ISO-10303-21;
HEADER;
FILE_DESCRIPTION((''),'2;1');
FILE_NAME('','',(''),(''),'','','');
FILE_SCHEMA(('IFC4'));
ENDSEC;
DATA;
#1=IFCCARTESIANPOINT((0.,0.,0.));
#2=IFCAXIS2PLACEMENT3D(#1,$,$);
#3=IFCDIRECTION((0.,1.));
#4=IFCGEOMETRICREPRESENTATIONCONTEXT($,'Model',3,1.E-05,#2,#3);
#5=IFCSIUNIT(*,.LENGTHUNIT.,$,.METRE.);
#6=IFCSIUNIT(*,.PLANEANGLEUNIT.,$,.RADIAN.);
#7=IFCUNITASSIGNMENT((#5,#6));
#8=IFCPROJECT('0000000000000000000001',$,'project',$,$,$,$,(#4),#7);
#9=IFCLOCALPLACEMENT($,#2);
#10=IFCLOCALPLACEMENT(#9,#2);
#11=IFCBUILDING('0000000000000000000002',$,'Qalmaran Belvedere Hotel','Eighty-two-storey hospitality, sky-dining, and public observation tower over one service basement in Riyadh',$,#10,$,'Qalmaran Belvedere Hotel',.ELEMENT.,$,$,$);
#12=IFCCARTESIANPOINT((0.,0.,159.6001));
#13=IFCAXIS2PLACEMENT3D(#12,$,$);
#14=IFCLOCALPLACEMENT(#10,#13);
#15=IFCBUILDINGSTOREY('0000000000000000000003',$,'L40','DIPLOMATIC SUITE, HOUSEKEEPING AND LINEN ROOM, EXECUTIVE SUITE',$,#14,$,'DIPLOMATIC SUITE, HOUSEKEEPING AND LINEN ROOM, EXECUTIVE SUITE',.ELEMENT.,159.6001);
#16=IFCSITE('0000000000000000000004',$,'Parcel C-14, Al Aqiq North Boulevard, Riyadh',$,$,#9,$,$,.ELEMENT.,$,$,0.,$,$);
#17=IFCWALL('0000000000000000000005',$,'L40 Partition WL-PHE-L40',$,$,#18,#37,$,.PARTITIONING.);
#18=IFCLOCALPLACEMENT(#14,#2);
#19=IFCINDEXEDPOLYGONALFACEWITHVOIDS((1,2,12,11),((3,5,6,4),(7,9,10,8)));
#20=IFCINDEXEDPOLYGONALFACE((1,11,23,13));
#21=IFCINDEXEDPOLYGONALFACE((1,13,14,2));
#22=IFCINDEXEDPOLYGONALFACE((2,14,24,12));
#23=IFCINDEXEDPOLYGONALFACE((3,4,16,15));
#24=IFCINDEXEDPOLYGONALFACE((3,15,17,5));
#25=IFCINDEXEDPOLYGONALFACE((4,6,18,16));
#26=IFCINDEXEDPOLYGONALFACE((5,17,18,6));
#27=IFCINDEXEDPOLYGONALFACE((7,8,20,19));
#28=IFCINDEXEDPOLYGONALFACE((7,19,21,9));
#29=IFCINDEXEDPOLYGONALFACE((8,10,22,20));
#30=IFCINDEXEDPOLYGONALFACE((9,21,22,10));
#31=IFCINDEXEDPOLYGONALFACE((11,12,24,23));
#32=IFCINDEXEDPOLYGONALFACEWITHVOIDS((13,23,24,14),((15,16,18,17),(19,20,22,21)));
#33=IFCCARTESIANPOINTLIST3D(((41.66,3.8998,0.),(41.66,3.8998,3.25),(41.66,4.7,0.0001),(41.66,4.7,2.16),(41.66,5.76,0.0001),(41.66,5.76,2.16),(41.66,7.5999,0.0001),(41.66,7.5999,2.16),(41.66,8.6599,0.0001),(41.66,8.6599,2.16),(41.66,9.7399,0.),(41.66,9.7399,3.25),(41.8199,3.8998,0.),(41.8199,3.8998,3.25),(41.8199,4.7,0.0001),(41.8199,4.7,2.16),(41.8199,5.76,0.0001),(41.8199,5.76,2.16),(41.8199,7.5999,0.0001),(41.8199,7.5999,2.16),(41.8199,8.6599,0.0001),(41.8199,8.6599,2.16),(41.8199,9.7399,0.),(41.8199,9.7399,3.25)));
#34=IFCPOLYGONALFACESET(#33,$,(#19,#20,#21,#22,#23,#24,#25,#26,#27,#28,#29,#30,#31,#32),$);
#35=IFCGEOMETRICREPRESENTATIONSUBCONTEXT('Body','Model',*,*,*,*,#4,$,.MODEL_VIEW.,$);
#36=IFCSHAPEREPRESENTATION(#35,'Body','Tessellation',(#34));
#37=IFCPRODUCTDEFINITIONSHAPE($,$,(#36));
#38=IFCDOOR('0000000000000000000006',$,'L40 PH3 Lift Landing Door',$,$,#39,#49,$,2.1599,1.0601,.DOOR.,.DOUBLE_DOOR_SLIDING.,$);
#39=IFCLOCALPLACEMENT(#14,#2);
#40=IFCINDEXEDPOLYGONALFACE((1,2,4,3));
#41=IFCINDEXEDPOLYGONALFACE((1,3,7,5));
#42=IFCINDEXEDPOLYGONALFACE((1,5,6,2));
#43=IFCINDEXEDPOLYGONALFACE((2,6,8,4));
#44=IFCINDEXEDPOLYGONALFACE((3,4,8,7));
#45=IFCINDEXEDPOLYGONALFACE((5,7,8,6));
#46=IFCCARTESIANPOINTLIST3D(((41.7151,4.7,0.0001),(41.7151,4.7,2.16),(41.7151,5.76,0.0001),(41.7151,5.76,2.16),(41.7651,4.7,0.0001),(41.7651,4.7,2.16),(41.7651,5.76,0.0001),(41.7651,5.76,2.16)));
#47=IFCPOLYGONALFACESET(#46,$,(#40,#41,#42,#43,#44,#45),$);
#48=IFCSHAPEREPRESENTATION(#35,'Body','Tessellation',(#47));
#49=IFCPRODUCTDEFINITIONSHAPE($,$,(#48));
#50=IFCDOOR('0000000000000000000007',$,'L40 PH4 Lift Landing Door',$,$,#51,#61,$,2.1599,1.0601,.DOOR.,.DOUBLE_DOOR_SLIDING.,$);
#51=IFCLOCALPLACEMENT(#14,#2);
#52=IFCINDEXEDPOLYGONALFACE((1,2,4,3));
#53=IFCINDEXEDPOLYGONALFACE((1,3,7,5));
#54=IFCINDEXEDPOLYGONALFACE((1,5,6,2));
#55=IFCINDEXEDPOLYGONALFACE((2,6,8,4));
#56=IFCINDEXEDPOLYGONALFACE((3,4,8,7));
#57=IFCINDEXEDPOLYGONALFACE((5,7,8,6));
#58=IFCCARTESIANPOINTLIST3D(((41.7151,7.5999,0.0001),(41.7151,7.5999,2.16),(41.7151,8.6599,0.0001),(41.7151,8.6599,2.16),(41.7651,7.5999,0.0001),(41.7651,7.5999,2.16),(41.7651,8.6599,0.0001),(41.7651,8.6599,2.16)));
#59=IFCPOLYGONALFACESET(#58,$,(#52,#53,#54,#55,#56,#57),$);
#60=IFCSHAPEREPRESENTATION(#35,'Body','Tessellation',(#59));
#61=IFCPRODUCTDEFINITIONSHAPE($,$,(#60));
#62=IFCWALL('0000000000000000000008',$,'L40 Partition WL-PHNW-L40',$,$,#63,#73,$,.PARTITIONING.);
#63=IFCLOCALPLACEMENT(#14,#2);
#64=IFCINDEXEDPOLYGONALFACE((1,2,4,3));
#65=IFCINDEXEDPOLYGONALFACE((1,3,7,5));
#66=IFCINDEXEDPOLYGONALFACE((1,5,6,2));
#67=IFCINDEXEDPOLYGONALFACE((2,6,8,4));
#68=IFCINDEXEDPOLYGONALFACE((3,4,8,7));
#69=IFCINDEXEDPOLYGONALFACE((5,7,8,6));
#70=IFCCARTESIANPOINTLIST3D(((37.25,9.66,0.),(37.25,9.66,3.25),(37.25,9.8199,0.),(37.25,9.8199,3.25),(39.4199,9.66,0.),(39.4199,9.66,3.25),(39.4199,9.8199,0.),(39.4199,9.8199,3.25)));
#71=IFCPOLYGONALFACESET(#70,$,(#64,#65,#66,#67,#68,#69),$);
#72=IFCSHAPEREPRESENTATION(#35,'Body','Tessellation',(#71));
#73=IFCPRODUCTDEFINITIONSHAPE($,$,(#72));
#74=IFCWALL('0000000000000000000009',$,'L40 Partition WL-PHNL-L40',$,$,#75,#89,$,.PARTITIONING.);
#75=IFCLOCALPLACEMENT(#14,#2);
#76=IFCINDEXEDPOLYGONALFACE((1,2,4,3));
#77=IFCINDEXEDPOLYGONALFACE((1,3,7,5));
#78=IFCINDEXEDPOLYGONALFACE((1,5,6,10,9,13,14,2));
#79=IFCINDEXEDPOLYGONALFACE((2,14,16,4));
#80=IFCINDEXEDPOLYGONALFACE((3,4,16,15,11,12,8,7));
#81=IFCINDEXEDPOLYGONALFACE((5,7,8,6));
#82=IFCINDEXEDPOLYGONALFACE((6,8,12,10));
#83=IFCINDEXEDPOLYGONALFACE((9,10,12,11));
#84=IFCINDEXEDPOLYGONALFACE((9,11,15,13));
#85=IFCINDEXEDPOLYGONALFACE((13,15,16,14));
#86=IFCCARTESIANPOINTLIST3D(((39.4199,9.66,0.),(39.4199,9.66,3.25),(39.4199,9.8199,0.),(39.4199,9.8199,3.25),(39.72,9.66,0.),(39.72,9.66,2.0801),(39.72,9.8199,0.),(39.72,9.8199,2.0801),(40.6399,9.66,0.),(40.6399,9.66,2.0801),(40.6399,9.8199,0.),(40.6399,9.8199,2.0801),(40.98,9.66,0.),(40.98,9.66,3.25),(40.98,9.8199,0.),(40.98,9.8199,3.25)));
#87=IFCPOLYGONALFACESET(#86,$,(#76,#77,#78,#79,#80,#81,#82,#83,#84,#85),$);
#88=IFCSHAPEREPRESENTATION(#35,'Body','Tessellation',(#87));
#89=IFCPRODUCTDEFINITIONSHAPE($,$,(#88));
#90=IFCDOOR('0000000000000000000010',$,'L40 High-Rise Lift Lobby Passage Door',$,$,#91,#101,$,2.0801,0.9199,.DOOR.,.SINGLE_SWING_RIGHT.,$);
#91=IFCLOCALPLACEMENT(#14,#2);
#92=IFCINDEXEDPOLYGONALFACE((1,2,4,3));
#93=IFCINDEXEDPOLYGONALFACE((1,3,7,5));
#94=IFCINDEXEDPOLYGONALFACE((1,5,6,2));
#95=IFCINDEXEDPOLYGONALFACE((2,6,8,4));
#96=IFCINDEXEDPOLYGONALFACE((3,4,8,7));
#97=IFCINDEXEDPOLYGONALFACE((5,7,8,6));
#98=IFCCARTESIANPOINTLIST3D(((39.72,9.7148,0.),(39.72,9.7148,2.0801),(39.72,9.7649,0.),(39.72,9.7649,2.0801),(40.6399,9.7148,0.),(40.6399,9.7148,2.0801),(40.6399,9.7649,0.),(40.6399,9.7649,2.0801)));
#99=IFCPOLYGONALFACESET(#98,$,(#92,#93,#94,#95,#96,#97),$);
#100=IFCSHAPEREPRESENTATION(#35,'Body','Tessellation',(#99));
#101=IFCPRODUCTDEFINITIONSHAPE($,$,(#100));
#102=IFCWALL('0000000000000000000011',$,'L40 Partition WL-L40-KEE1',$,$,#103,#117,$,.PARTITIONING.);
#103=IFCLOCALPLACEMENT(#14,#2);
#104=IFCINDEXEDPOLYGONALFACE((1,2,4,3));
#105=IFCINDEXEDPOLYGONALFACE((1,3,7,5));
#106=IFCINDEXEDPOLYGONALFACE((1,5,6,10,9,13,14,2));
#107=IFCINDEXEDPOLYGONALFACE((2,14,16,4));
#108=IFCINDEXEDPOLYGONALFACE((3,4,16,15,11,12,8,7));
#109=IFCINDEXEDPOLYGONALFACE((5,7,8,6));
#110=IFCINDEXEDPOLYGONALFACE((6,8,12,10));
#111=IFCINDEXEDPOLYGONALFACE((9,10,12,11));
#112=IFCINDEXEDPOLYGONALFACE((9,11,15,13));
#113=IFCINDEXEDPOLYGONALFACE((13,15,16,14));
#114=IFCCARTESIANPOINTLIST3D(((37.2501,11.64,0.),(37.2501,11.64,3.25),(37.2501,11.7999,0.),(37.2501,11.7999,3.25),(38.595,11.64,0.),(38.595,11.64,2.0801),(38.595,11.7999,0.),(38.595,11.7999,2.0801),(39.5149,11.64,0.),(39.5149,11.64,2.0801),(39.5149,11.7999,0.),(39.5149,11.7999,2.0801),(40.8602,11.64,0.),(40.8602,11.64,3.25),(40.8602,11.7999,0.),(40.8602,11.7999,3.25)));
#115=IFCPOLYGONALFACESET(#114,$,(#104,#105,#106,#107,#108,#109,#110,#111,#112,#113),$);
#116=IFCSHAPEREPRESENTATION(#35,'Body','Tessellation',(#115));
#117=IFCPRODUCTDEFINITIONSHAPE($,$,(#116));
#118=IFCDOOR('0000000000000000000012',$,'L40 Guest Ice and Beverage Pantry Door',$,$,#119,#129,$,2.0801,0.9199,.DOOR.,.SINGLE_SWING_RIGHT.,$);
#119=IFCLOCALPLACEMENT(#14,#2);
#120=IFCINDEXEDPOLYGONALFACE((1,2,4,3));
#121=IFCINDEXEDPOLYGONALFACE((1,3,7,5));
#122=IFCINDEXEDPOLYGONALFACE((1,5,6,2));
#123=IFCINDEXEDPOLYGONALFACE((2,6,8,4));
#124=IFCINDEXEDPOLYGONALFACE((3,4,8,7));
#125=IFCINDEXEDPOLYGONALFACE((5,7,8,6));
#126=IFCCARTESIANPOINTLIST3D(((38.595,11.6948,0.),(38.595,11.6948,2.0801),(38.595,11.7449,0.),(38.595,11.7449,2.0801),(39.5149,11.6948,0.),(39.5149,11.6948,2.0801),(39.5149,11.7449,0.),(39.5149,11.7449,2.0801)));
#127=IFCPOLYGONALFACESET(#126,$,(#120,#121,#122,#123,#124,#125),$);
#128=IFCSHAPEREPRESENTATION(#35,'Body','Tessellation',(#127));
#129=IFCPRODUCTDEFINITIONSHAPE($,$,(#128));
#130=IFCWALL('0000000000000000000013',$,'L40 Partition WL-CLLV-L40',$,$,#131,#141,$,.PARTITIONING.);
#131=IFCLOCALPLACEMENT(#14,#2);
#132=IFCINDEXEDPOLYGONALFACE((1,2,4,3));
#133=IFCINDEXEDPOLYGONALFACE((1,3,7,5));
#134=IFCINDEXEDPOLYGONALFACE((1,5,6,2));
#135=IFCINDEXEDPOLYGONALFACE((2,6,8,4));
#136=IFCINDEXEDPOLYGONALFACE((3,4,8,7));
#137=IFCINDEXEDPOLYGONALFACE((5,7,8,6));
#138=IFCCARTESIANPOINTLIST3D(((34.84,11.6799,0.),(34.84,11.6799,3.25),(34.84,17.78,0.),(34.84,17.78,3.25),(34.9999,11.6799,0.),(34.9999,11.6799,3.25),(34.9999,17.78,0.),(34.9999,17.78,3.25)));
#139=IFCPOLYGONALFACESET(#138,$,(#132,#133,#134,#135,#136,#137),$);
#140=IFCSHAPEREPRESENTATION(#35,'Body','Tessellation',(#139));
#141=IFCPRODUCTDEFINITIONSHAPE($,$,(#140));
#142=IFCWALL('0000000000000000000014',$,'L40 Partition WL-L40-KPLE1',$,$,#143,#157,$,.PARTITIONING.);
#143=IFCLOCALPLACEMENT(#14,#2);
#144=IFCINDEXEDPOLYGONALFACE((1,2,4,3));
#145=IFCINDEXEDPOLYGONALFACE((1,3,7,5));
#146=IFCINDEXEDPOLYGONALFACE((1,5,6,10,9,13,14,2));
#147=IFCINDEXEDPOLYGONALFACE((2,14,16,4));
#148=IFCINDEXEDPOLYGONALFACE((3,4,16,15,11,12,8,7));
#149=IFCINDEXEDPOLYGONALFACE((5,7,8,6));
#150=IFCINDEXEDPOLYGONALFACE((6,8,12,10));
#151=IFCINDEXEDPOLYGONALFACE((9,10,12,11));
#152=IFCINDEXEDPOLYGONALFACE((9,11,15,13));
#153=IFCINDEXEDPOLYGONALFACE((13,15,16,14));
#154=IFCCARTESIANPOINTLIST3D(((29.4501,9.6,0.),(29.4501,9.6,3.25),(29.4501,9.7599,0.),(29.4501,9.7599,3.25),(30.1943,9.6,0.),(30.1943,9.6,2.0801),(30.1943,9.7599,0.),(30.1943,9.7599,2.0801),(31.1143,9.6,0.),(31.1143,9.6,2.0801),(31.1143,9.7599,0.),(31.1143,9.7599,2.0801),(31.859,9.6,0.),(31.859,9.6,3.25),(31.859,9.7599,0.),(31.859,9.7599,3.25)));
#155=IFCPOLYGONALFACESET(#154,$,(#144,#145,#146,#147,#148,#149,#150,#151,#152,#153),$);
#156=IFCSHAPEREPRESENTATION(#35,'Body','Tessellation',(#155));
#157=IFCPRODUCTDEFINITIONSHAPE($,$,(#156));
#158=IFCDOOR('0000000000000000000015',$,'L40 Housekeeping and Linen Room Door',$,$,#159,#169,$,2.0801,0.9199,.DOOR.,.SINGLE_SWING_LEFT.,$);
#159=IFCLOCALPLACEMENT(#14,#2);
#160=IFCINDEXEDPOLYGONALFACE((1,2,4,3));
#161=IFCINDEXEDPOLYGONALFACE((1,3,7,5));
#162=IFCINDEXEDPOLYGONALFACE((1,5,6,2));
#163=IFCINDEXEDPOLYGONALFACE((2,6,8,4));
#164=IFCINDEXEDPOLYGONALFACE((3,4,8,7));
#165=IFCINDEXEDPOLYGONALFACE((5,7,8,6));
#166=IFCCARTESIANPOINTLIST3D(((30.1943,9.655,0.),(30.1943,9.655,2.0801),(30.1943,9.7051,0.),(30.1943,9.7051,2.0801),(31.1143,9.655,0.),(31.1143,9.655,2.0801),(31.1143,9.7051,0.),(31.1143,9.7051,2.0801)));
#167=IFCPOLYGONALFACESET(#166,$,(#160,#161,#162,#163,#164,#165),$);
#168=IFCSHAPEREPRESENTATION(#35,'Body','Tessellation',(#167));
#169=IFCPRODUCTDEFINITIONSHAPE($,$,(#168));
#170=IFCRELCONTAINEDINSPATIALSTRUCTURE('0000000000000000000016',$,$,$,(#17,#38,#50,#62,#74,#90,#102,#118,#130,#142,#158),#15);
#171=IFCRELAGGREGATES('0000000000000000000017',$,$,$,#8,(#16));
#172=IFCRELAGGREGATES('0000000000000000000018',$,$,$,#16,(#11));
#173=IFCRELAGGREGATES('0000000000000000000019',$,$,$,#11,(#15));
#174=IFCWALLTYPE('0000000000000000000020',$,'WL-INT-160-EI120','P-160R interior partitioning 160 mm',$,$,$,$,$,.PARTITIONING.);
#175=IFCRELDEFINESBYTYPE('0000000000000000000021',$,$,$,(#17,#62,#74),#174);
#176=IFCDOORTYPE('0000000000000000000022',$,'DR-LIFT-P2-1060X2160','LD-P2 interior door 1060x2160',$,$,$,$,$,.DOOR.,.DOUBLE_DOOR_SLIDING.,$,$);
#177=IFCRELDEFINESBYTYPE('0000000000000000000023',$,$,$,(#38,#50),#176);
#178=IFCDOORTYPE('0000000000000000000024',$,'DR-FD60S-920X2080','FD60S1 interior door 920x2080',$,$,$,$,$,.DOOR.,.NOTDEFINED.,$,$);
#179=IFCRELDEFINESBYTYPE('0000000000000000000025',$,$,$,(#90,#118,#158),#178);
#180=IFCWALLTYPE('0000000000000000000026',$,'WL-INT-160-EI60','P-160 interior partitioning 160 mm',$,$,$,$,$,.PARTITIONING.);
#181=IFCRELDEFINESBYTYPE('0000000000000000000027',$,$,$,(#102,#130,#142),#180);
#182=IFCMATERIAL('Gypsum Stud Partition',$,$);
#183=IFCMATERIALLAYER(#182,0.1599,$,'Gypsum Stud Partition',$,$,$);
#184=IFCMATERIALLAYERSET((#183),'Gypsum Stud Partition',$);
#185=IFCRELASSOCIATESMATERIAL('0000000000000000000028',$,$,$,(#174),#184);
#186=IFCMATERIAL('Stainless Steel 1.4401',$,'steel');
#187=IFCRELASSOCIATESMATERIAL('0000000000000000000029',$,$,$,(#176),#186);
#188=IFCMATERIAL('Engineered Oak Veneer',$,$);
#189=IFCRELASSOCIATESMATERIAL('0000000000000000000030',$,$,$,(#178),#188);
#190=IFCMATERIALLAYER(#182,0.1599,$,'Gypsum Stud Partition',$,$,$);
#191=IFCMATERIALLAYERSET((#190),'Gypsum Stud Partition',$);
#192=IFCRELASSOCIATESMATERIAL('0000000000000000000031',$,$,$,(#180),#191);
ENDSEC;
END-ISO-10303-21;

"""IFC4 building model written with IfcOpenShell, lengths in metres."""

from ifc_helpers import new_model, si_unit, direction, frame, frame_2d, origin, place, context, subcontext, project, spatial, rectangle, extrude, material, layer, layer_set, type_object, element, fill, save


model = new_model("IFC4")

# Units and contexts
model_context = context("Model", 3, precision=1e-05, world=origin(), true_north=direction((0.0, 1.0)))
body_context = subcontext(model_context, "Body", "Model", "MODEL_VIEW")
ifc_project = project(units=[si_unit("LENGTHUNIT", "METRE"), si_unit("PLANEANGLEUNIT", "RADIAN")], contexts=[model_context])

# Site, building, storey
site_placement = place(None, origin())
site = spatial("IfcSite", under=ifc_project, at=site_placement, Name="Parcel C-14, Al Aqiq North Boulevard, Riyadh", CompositionType="ELEMENT", RefElevation=0.0)
building_placement = place(site_placement, origin())
building = spatial("IfcBuilding", under=site, at=building_placement, Name="Qalmaran Belvedere Hotel", Description="Eighty-two-storey hospitality, sky-dining, and public observation tower over one service basement in Riyadh", LongName="Qalmaran Belvedere Hotel", CompositionType="ELEMENT")
storey_placement = place(building_placement, frame((0.0, 0.0, 159.6001)))
storey = spatial("IfcBuildingStorey", under=building, at=storey_placement, Name="L40", Description="DIPLOMATIC SUITE, HOUSEKEEPING AND LINEN ROOM, EXECUTIVE SUITE", LongName="DIPLOMATIC SUITE, HOUSEKEEPING AND LINEN ROOM, EXECUTIVE SUITE", CompositionType="ELEMENT", Elevation=159.6001)

# Shared definitions
ifc_material_1 = material(Name="Gypsum Stud Partition")

# Wall, openings, doors
ifc_layer_1 = layer(ifc_material_1, 0.1599, Name="Gypsum Stud Partition")
ifc_layer_set_1 = layer_set([ifc_layer_1], Name="Gypsum Stud Partition")
wall_type_1 = type_object("IfcWallType", Name="WL-INT-160-EI120", Description="P-160R interior partitioning 160 mm", PredefinedType="PARTITIONING", material=ifc_layer_set_1)
ifc_material_2 = material(Name="Stainless Steel 1.4401", Category="steel")
door_type_1 = type_object("IfcDoorType", Name="DR-LIFT-P2-1060X2160", Description="LD-P2 interior door 1060x2160", OperationType="DOUBLE_DOOR_SLIDING", PredefinedType="DOOR", material=ifc_material_2)
wall_1_placement = place(storey_placement, frame((41.74, 3.8999, 0.0), z_axis=(0.0, 0.0, 1.0), x_axis=(0.0, 1.0, 0.0)))
wall_1 = element("IfcWall", 1, at=wall_1_placement, inside=storey, type_object=wall_type_1, Name="L40 Partition WL-PHE-L40", PredefinedType="PARTITIONING", context=body_context, shape_type="SweptSolid", body=[
    extrude(rectangle(XDim=5.8401, YDim=0.1599, at=frame_2d((2.9199, 0.0))), origin(), (0.0, 0.0, 1.0), 3.25),
])
opening_1_placement = place(wall_1_placement, frame((0.8, 0.0, 0.0)))
opening_1 = element("IfcOpeningElement", 2, at=opening_1_placement, cuts=wall_1, PredefinedType="OPENING", context=body_context, shape_type="SweptSolid", body=[
    extrude(rectangle(XDim=1.0601, YDim=2.1599, at=frame_2d((0.53, 1.0801))), frame((0.0, 0.0898, 0.0), z_axis=(0.0, -1.0, 0.0), x_axis=(1.0, 0.0, 0.0)), (0.0, 0.0, 1.0), 0.1799),
])
opening_2_placement = place(wall_1_placement, frame((3.7, 0.0, 0.0)))
opening_2 = element("IfcOpeningElement", 3, at=opening_2_placement, cuts=wall_1, PredefinedType="OPENING", context=body_context, shape_type="SweptSolid", body=[
    extrude(rectangle(XDim=1.0601, YDim=2.1599, at=frame_2d((0.53, 1.0801))), frame((0.0, 0.0898, 0.0), z_axis=(0.0, -1.0, 0.0), x_axis=(1.0, 0.0, 0.0)), (0.0, 0.0, 1.0), 0.1799),
])
door_1_placement = place(opening_1_placement, origin())
door_1 = element("IfcDoor", 4, at=door_1_placement, inside=storey, type_object=door_type_1, Name="L40 PH3 Lift Landing Door", OperationType="DOUBLE_DOOR_SLIDING", OverallHeight=2.1599, OverallWidth=1.0601, PredefinedType="DOOR", context=body_context, shape_type="SweptSolid", body=[
    extrude(rectangle(XDim=1.0601, YDim=2.1599, at=frame_2d((0.53, 1.0801))), frame((0.0, 0.0249, 0.0), z_axis=(0.0, -1.0, 0.0), x_axis=(1.0, 0.0, 0.0)), (0.0, 0.0, 1.0), 0.05),
])
fill(opening_1, door_1)
door_2_placement = place(opening_2_placement, origin())
door_2 = element("IfcDoor", 5, at=door_2_placement, inside=storey, type_object=door_type_1, Name="L40 PH4 Lift Landing Door", OperationType="DOUBLE_DOOR_SLIDING", OverallHeight=2.1599, OverallWidth=1.0601, PredefinedType="DOOR", context=body_context, shape_type="SweptSolid", body=[
    extrude(rectangle(XDim=1.0601, YDim=2.1599, at=frame_2d((0.53, 1.0801))), frame((0.0, 0.0249, 0.0), z_axis=(0.0, -1.0, 0.0), x_axis=(1.0, 0.0, 0.0)), (0.0, 0.0, 1.0), 0.05),
])
fill(opening_2, door_2)

# Wall
wall_2_placement = place(storey_placement, frame((37.25, 9.74, 0.0), z_axis=(0.0, 0.0, 1.0), x_axis=(1.0, 0.0, 0.0)))
element("IfcWall", 6, at=wall_2_placement, inside=storey, type_object=wall_type_1, Name="L40 Partition WL-PHNW-L40", PredefinedType="PARTITIONING", context=body_context, shape_type="SweptSolid", body=[
    extrude(rectangle(XDim=2.1699, YDim=0.1599, at=frame_2d((1.085, 0.0))), origin(), (0.0, 0.0, 1.0), 3.25),
])

# Walls, openings, doors
wall_3_placement = place(storey_placement, frame((39.4199, 9.74, 0.0), z_axis=(0.0, 0.0, 1.0), x_axis=(1.0, 0.0, 0.0)))
wall_3 = element("IfcWall", 7, at=wall_3_placement, inside=storey, type_object=wall_type_1, Name="L40 Partition WL-PHNL-L40", PredefinedType="PARTITIONING", context=body_context, shape_type="SweptSolid", body=[
    extrude(rectangle(XDim=1.5601, YDim=0.1599, at=frame_2d((0.78, 0.0))), origin(), (0.0, 0.0, 1.0), 3.25),
])
opening_3_placement = place(wall_3_placement, frame((0.3, 0.0, 0.0)))
opening_3 = element("IfcOpeningElement", 8, at=opening_3_placement, cuts=wall_3, PredefinedType="OPENING", context=body_context, shape_type="SweptSolid", body=[
    extrude(rectangle(XDim=0.9199, YDim=2.0801, at=frame_2d((0.46, 1.04))), frame((0.0, 0.0898, 0.0), z_axis=(0.0, -1.0, 0.0), x_axis=(1.0, 0.0, 0.0)), (0.0, 0.0, 1.0), 0.1799),
])
ifc_material_3 = material(Name="Engineered Oak Veneer")
door_type_2 = type_object("IfcDoorType", Name="DR-FD60S-920X2080", Description="FD60S1 interior door 920x2080", OperationType="NOTDEFINED", PredefinedType="DOOR", material=ifc_material_3)
door_3_placement = place(opening_3_placement, origin())
door_3 = element("IfcDoor", 9, at=door_3_placement, inside=storey, type_object=door_type_2, Name="L40 High-Rise Lift Lobby Passage Door", OperationType="SINGLE_SWING_RIGHT", OverallHeight=2.0801, OverallWidth=0.9199, PredefinedType="DOOR", context=body_context, shape_type="SweptSolid", body=[
    extrude(rectangle(XDim=0.9199, YDim=2.0801, at=frame_2d((0.46, 1.04))), frame((0.0, 0.0249, 0.0), z_axis=(0.0, -1.0, 0.0), x_axis=(1.0, 0.0, 0.0)), (0.0, 0.0, 1.0), 0.05),
])
fill(opening_3, door_3)
ifc_layer_2 = layer(ifc_material_1, 0.1599, Name="Gypsum Stud Partition")
ifc_layer_set_2 = layer_set([ifc_layer_2], Name="Gypsum Stud Partition")
wall_type_2 = type_object("IfcWallType", Name="WL-INT-160-EI60", Description="P-160 interior partitioning 160 mm", PredefinedType="PARTITIONING", material=ifc_layer_set_2)
wall_4_placement = place(storey_placement, frame((37.25, 11.72, 0.0), z_axis=(0.0, 0.0, 1.0), x_axis=(1.0, 0.0, 0.0)))
wall_4 = element("IfcWall", 10, at=wall_4_placement, inside=storey, type_object=wall_type_2, Name="L40 Partition WL-L40-KEE1", PredefinedType="PARTITIONING", context=body_context, shape_type="SweptSolid", body=[
    extrude(rectangle(XDim=3.6101, YDim=0.1599, at=frame_2d((1.8052, 0.0))), origin(), (0.0, 0.0, 1.0), 3.25),
])
opening_4_placement = place(wall_4_placement, frame((1.345, 0.0, 0.0)))
opening_4 = element("IfcOpeningElement", 11, at=opening_4_placement, cuts=wall_4, PredefinedType="OPENING", context=body_context, shape_type="SweptSolid", body=[
    extrude(rectangle(XDim=0.9199, YDim=2.0801, at=frame_2d((0.46, 1.04))), frame((0.0, 0.0898, 0.0), z_axis=(0.0, -1.0, 0.0), x_axis=(1.0, 0.0, 0.0)), (0.0, 0.0, 1.0), 0.1799),
])
door_4_placement = place(opening_4_placement, origin())
door_4 = element("IfcDoor", 12, at=door_4_placement, inside=storey, type_object=door_type_2, Name="L40 Guest Ice and Beverage Pantry Door", OperationType="SINGLE_SWING_RIGHT", OverallHeight=2.0801, OverallWidth=0.9199, PredefinedType="DOOR", context=body_context, shape_type="SweptSolid", body=[
    extrude(rectangle(XDim=0.9199, YDim=2.0801, at=frame_2d((0.46, 1.04))), frame((0.0, 0.0249, 0.0), z_axis=(0.0, -1.0, 0.0), x_axis=(1.0, 0.0, 0.0)), (0.0, 0.0, 1.0), 0.05),
])
fill(opening_4, door_4)

# Wall
wall_5_placement = place(storey_placement, frame((34.9199, 11.6799, 0.0), z_axis=(0.0, 0.0, 1.0), x_axis=(0.0, 1.0, 0.0)))
element("IfcWall", 13, at=wall_5_placement, inside=storey, type_object=wall_type_2, Name="L40 Partition WL-CLLV-L40", PredefinedType="PARTITIONING", context=body_context, shape_type="SweptSolid", body=[
    extrude(rectangle(XDim=6.1001, YDim=0.1599, at=frame_2d((3.05, 0.0))), origin(), (0.0, 0.0, 1.0), 3.25),
])

# Wall, opening, door
wall_6_placement = place(storey_placement, frame((29.45, 9.6799, 0.0), z_axis=(0.0, 0.0, 1.0), x_axis=(1.0, 0.0, 0.0)))
wall_6 = element("IfcWall", 14, at=wall_6_placement, inside=storey, type_object=wall_type_2, Name="L40 Partition WL-L40-KPLE1", PredefinedType="PARTITIONING", context=body_context, shape_type="SweptSolid", body=[
    extrude(rectangle(XDim=2.4089, YDim=0.1599, at=frame_2d((1.2046, 0.0))), origin(), (0.0, 0.0, 1.0), 3.25),
])
opening_5_placement = place(wall_6_placement, frame((1.6643, 0.0, 0.0), z_axis=(0.0, 0.0, 1.0), x_axis=(-1.0, 0.0, 0.0)))
opening_5 = element("IfcOpeningElement", 15, at=opening_5_placement, cuts=wall_6, PredefinedType="OPENING", context=body_context, shape_type="SweptSolid", body=[
    extrude(rectangle(XDim=0.9199, YDim=2.0801, at=frame_2d((0.46, 1.04))), frame((0.0, 0.0898, 0.0), z_axis=(0.0, -1.0, 0.0), x_axis=(1.0, 0.0, 0.0)), (0.0, 0.0, 1.0), 0.1799),
])
door_5_placement = place(opening_5_placement, origin())
door_5 = element("IfcDoor", 16, at=door_5_placement, inside=storey, type_object=door_type_2, Name="L40 Housekeeping and Linen Room Door", OperationType="SINGLE_SWING_LEFT", OverallHeight=2.0801, OverallWidth=0.9199, PredefinedType="DOOR", context=body_context, shape_type="SweptSolid", body=[
    extrude(rectangle(XDim=0.9199, YDim=2.0801, at=frame_2d((0.46, 1.04))), frame((0.0, 0.0249, 0.0), z_axis=(0.0, -1.0, 0.0), x_axis=(1.0, 0.0, 0.0)), (0.0, 0.0, 1.0), 0.05),
])
fill(opening_5, door_5)

save(model, "model.ifc")
